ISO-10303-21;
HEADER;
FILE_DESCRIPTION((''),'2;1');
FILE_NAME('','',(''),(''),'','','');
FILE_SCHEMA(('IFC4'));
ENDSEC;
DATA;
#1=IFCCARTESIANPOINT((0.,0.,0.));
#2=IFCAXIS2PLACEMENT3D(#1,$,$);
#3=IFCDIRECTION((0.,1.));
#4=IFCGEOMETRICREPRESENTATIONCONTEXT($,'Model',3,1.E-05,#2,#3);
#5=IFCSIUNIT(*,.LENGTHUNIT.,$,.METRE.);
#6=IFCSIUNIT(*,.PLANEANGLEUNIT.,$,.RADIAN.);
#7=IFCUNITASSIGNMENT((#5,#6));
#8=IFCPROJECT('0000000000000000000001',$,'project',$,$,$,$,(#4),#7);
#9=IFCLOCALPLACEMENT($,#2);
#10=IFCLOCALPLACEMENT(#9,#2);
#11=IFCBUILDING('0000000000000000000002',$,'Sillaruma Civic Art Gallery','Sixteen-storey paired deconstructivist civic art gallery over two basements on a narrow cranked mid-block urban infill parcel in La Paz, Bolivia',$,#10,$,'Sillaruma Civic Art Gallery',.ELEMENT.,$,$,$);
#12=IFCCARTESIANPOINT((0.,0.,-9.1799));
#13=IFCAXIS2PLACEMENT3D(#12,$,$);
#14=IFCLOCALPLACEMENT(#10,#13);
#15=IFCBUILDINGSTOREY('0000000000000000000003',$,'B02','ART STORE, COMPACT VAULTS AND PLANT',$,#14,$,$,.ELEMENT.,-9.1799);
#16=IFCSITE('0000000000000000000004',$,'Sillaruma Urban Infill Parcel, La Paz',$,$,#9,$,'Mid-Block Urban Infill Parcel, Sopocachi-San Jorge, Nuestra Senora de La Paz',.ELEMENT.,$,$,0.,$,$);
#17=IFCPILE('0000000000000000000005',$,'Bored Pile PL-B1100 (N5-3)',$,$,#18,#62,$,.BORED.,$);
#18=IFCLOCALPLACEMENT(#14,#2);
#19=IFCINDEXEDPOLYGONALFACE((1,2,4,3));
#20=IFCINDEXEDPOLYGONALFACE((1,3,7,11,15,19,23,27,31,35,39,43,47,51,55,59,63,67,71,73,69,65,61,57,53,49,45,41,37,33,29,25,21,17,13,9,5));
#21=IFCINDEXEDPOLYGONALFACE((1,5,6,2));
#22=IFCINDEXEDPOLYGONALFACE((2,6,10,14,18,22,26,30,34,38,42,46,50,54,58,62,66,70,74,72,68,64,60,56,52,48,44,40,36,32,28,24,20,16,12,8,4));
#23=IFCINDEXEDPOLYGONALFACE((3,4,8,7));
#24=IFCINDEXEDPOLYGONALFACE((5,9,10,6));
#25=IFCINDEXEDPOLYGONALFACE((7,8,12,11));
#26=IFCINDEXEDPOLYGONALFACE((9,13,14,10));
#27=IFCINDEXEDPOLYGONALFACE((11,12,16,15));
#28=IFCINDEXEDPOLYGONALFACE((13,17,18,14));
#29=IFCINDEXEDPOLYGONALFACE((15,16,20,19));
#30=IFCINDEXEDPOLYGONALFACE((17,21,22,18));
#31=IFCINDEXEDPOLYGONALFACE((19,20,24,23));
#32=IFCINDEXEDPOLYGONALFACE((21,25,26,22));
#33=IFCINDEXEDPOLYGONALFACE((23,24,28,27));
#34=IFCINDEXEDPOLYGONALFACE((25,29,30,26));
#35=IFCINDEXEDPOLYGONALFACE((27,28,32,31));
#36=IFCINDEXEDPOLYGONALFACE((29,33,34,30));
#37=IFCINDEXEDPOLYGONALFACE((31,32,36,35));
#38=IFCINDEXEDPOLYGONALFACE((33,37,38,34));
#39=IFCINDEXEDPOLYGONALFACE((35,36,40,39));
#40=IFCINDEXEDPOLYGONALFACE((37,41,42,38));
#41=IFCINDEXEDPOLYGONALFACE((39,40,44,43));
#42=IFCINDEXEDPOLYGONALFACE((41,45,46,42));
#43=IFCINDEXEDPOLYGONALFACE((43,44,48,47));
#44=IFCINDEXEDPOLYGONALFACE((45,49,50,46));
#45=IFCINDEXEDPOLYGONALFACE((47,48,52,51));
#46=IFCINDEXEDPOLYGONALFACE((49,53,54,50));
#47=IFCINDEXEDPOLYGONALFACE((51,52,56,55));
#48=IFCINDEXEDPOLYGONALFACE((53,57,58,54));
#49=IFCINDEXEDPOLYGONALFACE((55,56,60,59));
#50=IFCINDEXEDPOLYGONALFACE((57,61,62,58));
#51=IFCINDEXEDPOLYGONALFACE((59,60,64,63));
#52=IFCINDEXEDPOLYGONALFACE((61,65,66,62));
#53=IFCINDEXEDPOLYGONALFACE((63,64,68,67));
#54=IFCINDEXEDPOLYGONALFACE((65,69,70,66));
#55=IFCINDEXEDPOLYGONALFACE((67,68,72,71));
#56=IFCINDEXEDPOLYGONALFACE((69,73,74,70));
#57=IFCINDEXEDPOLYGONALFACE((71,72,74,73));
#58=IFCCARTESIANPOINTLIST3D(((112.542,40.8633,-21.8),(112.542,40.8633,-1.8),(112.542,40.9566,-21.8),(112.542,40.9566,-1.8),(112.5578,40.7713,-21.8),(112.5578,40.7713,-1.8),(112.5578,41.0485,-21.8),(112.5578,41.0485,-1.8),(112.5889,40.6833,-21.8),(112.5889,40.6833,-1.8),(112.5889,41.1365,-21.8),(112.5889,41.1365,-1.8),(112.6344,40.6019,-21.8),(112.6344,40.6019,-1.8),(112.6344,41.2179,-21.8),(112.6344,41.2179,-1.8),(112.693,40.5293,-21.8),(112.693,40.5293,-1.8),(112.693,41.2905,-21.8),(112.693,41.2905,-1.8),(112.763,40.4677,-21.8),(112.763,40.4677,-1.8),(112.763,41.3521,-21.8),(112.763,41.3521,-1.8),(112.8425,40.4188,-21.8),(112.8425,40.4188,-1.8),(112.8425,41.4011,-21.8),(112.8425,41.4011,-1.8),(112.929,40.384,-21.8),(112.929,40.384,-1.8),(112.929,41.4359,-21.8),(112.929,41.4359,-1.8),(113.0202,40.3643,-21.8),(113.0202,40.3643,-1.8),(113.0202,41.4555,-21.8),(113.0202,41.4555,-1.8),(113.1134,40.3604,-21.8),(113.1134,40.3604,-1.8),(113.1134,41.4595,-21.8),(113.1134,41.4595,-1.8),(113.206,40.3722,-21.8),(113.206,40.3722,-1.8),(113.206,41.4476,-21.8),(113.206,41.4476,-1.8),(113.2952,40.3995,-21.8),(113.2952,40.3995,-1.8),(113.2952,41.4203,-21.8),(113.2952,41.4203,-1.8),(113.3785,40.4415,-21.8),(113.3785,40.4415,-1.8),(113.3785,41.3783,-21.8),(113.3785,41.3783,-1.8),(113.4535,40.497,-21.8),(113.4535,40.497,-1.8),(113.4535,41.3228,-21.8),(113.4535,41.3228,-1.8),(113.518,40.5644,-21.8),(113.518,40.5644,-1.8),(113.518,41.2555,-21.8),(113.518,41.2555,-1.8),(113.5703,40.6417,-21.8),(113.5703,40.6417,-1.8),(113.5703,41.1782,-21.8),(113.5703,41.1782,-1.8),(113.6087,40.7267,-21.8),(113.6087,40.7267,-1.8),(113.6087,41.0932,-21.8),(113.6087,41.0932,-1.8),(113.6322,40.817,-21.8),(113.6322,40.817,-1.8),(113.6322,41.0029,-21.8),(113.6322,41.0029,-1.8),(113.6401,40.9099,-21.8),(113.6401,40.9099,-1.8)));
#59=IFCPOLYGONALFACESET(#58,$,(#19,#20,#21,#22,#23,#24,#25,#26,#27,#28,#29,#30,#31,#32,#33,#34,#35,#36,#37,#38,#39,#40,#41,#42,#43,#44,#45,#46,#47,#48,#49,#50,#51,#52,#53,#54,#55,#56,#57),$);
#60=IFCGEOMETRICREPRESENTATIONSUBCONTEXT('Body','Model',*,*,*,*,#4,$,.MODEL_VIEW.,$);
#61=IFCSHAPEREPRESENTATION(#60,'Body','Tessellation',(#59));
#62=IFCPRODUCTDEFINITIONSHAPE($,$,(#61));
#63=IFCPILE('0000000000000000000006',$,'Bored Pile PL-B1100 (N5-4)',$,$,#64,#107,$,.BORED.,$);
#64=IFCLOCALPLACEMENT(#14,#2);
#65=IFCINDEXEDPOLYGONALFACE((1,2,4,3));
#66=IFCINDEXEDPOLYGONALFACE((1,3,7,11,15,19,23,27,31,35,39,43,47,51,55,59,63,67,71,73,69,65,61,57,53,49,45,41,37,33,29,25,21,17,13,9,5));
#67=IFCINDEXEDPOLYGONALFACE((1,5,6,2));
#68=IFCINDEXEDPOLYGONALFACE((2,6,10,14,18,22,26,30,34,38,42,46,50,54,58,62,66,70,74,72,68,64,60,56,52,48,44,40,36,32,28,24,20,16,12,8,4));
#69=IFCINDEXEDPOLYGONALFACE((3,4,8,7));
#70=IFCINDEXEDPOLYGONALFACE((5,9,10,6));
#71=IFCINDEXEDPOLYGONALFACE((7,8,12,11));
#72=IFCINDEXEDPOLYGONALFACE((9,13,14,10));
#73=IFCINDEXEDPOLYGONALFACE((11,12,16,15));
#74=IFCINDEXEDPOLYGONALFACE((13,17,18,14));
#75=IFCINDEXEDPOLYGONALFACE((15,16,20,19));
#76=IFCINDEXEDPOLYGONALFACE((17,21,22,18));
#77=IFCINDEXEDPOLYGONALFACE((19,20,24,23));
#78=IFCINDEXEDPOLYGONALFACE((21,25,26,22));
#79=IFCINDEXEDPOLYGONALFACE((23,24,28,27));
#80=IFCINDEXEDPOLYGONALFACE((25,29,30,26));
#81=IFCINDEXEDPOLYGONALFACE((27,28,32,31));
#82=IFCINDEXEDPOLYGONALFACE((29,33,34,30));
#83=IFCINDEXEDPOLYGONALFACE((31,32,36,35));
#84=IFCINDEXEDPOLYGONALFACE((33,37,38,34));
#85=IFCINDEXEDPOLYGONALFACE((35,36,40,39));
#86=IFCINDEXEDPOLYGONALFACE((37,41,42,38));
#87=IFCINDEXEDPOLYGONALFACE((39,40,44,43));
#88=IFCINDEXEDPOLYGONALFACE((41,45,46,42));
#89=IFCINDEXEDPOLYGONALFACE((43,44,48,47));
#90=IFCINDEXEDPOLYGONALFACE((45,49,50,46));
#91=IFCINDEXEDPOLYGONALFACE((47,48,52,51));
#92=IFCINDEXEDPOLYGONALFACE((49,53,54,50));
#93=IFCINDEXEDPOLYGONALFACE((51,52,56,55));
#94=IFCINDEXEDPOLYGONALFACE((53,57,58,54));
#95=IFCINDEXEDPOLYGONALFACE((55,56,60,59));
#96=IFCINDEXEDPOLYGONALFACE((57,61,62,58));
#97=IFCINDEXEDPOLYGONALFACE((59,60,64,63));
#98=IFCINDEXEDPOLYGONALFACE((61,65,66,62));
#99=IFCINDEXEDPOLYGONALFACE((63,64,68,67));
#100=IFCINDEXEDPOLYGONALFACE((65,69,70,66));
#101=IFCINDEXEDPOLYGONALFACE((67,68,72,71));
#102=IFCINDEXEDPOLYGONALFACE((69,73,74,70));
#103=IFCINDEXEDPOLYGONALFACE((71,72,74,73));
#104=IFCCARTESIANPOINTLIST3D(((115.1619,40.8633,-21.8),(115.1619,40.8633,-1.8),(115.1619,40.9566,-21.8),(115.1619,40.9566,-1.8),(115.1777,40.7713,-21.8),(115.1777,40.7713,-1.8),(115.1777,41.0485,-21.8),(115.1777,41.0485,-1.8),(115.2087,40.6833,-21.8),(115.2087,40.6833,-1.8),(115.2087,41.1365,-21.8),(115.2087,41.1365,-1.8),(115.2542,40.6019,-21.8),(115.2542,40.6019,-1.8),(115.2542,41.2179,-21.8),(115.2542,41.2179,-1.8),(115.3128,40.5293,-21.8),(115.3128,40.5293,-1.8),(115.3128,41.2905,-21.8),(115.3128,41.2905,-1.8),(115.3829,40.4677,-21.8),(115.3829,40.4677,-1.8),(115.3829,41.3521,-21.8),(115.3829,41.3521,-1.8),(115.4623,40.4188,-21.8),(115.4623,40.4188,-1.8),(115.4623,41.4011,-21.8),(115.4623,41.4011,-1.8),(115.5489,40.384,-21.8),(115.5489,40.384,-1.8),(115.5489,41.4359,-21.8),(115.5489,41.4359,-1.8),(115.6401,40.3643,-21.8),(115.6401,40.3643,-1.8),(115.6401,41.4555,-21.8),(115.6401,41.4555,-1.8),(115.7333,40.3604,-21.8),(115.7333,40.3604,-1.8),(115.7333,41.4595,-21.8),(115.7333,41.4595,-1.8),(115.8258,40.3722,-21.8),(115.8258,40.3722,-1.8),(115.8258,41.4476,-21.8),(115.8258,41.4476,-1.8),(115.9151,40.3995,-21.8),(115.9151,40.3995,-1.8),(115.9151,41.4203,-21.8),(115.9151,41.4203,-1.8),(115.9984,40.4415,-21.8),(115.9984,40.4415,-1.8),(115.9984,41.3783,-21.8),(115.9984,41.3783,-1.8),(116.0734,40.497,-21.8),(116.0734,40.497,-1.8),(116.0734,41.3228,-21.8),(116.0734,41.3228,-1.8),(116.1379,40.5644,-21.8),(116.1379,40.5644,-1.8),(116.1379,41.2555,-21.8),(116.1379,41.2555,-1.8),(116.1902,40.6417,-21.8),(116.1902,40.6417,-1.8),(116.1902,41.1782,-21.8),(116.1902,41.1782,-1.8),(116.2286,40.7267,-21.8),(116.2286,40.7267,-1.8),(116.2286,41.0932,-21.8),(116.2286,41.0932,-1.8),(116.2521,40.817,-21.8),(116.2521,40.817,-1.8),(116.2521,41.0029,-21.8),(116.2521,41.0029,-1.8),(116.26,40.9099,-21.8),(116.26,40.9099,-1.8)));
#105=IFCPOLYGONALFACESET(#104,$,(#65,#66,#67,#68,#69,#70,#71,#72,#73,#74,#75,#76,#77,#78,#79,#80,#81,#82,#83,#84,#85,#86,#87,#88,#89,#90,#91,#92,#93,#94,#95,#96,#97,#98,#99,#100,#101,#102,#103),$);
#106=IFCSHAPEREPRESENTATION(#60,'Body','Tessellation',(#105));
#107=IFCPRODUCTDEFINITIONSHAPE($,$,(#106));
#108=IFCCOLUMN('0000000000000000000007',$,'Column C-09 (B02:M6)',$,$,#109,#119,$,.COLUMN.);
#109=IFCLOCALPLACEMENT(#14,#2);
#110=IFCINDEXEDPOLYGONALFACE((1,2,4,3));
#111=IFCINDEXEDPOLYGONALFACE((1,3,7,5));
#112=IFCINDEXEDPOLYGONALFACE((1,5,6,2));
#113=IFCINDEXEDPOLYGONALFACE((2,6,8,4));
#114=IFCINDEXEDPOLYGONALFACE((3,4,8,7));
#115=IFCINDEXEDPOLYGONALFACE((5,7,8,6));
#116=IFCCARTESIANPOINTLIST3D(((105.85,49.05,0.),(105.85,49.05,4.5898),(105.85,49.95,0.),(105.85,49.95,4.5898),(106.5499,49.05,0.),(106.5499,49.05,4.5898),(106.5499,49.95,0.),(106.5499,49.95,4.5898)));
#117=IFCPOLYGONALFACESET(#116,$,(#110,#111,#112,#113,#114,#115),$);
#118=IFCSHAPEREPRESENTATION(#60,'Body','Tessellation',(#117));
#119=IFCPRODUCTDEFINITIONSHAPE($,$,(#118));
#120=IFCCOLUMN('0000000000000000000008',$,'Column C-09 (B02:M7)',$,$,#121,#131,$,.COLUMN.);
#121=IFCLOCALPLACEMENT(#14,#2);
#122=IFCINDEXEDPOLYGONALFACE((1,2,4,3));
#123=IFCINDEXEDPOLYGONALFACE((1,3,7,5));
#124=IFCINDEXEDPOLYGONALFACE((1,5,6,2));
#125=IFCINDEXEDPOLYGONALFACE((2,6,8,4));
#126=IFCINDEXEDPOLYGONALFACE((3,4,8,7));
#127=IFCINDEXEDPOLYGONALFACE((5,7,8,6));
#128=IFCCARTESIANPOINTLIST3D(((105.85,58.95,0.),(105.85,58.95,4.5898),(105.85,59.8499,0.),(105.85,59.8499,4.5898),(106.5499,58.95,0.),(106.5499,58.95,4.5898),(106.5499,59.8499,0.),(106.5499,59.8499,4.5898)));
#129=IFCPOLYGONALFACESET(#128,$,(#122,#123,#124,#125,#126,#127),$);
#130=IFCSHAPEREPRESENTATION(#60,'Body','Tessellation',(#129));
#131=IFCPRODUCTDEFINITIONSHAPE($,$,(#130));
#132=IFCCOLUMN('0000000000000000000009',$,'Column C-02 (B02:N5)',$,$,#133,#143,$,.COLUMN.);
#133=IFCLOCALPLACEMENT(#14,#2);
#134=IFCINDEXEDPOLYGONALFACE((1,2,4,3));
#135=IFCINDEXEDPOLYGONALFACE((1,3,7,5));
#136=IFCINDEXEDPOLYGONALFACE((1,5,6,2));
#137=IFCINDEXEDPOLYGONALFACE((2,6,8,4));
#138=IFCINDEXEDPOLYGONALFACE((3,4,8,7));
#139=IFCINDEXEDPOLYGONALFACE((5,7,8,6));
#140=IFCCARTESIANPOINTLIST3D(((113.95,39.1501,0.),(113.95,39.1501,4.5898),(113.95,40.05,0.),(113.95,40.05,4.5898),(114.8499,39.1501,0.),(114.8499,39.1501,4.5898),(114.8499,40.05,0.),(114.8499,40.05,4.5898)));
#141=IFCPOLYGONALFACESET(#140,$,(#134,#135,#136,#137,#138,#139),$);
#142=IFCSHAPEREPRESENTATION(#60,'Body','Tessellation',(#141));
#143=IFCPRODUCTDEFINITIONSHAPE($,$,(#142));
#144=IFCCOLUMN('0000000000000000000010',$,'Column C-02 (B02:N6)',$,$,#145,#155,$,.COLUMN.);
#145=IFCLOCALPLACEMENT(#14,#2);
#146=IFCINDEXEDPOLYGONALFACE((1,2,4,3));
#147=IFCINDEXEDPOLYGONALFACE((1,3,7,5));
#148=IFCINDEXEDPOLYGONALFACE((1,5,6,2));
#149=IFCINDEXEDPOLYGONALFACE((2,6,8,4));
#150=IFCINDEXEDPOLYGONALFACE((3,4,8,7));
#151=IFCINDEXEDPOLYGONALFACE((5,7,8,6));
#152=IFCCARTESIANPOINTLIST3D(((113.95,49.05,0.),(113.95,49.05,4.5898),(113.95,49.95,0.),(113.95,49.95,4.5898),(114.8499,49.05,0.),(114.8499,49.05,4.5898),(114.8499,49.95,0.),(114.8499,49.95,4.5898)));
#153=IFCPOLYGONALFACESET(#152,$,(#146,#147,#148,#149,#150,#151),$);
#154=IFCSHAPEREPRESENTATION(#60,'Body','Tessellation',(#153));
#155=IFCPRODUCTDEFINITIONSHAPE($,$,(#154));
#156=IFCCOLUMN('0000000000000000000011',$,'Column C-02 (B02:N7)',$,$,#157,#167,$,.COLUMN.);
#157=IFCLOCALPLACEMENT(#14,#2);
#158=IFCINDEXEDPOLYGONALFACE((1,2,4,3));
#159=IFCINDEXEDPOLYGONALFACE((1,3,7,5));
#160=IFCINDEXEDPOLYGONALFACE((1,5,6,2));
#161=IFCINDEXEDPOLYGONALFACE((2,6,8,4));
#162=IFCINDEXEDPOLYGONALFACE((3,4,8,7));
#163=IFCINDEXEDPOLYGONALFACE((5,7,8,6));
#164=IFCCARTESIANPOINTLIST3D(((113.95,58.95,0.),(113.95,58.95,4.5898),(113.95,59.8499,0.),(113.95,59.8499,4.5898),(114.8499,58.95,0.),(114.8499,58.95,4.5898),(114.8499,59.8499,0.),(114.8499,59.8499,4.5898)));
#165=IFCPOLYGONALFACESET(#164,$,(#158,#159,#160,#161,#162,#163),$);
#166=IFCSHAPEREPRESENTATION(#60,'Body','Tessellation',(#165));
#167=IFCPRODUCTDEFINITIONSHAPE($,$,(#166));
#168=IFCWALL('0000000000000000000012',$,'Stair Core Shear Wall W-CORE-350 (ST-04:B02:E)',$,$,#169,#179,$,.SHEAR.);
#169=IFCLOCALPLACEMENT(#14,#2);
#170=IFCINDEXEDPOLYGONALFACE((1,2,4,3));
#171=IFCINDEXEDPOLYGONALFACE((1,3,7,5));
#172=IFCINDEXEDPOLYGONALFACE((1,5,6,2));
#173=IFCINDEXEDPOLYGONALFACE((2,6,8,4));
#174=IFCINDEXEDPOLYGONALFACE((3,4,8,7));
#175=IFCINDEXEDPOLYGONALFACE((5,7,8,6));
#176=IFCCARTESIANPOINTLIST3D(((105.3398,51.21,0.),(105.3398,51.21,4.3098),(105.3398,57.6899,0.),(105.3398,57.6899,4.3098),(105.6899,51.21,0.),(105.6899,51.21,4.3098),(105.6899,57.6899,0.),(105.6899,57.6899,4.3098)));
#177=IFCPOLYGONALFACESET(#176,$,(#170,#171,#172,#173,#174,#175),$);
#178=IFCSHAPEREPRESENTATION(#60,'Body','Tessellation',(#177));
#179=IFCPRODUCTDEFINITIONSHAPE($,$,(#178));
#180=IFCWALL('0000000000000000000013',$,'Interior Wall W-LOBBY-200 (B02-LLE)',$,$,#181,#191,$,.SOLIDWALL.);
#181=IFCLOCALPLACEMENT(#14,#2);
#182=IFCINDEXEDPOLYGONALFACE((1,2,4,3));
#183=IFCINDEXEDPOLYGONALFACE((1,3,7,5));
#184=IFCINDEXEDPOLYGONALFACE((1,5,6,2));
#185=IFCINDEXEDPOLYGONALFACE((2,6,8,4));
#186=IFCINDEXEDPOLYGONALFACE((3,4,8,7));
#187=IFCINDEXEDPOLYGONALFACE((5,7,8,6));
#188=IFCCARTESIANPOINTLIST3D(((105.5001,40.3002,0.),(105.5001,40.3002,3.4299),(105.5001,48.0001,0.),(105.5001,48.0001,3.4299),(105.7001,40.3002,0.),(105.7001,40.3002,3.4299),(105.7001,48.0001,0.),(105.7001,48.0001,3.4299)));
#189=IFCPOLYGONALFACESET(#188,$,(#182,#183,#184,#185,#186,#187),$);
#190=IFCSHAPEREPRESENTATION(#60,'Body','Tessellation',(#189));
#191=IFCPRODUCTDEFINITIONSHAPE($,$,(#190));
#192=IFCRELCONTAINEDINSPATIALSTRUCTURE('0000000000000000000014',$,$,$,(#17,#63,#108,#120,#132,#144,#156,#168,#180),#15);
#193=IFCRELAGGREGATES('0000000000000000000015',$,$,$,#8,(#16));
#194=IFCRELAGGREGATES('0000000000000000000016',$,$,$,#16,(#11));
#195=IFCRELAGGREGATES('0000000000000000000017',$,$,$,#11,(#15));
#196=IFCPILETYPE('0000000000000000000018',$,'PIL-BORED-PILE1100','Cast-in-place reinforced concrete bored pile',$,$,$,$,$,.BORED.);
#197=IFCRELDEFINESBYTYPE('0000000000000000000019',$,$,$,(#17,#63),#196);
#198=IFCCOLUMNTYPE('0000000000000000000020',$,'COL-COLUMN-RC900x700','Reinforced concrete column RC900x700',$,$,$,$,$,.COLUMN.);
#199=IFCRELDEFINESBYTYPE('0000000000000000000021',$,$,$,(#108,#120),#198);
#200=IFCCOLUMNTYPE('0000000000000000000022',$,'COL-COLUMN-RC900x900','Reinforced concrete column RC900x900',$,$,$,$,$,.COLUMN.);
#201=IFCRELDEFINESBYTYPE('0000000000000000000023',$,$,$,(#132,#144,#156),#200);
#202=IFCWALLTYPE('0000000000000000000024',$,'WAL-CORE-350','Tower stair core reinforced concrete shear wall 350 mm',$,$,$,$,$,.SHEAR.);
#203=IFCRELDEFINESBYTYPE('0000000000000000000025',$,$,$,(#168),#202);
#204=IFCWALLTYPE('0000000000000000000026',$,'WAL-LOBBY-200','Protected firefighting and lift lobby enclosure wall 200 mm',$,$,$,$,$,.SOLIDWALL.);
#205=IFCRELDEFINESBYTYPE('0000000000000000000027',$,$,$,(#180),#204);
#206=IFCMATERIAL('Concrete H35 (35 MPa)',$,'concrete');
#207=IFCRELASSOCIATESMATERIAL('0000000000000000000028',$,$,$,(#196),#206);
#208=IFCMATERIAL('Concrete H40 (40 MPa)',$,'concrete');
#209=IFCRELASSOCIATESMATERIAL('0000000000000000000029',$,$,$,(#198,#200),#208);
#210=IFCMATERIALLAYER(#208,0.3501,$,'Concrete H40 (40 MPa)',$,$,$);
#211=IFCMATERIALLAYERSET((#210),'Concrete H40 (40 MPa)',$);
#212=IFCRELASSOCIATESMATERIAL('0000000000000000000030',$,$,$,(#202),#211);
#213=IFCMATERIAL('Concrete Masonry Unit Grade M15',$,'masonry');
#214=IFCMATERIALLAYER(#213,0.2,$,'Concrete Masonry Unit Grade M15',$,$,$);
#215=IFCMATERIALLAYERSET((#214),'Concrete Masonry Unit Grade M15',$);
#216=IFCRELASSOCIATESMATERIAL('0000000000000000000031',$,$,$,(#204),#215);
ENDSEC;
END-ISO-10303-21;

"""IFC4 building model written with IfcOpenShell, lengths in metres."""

from ifc_helpers import new_model, si_unit, direction, frame, frame_2d, origin, origin_2d, place, context, subcontext, project, spatial, rectangle, circle, extrude, material, layer, layer_set, material_profile, profile_set, type_object, element, save


model = new_model("IFC4")

# Units and contexts
model_context = context("Model", 3, precision=1e-05, world=origin(), true_north=direction((0.0, 1.0)))
body_context = subcontext(model_context, "Body", "Model", "MODEL_VIEW")
ifc_project = project(units=[si_unit("LENGTHUNIT", "METRE"), si_unit("PLANEANGLEUNIT", "RADIAN")], contexts=[model_context])

# Site, building, storey
site_placement = place(None, origin())
site = spatial("IfcSite", under=ifc_project, at=site_placement, Name="Sillaruma Urban Infill Parcel, La Paz", LongName="Mid-Block Urban Infill Parcel, Sopocachi-San Jorge, Nuestra Senora de La Paz", CompositionType="ELEMENT", RefElevation=0.0)
building_placement = place(site_placement, origin())
building = spatial("IfcBuilding", under=site, at=building_placement, Name="Sillaruma Civic Art Gallery", Description="Sixteen-storey paired deconstructivist civic art gallery over two basements on a narrow cranked mid-block urban infill parcel in La Paz, Bolivia", LongName="Sillaruma Civic Art Gallery", CompositionType="ELEMENT")
storey_placement = place(building_placement, frame((0.0, 0.0, -9.1799)))
storey = spatial("IfcBuildingStorey", under=building, at=storey_placement, Name="B02", Description="ART STORE, COMPACT VAULTS AND PLANT", CompositionType="ELEMENT", Elevation=-9.1799)

# Shared definitions
ifc_material_1 = material(Name="Concrete H35 (35 MPa)", Category="concrete")

# Piles
ifc_material_profile_1 = material_profile(ifc_material_1, circle(Radius=0.55, at=origin_2d()), Name="PILE1100")
ifc_profile_set_1 = profile_set([ifc_material_profile_1], Name="Concrete H35 (35 MPa)")
pile_type_1 = type_object("IfcPileType", Name="PIL-BORED-PILE1100", Description="Cast-in-place reinforced concrete bored pile", PredefinedType="BORED", material=ifc_profile_set_1)
for number, where, z_axis, x_axis, name in (
    (1, (113.0901, 40.9099, -1.8), (0.0, 0.0, -1.0), (1.0, 0.0, 0.0), "Bored Pile PL-B1100 (N5-3)"),
    (2, (115.71, 40.9099, -1.8), (0.0, 0.0, -1.0), (1.0, 0.0, 0.0), "Bored Pile PL-B1100 (N5-4)"),
):
    element("IfcPile", number, at=place(storey_placement, frame(where, z_axis=z_axis, x_axis=x_axis)), inside=storey, type_object=pile_type_1, Name=name, PredefinedType="BORED", context=body_context, shape_type="SweptSolid", body=[
        extrude(circle(Radius=0.55, at=origin_2d()), origin(), (0.0, 0.0, 1.0), 20.0),
    ])

# Columns
ifc_material_2 = material(Name="Concrete H40 (40 MPa)", Category="concrete")
ifc_material_profile_2 = material_profile(ifc_material_2, rectangle(XDim=0.7, YDim=0.8999, at=origin_2d()), Name="RC900x700")
ifc_profile_set_2 = profile_set([ifc_material_profile_2], Name="Concrete H40 (40 MPa)")
column_type_1 = type_object("IfcColumnType", Name="COL-COLUMN-RC900x700", Description="Reinforced concrete column RC900x700", PredefinedType="COLUMN", material=ifc_profile_set_2)
for number, where, z_axis, x_axis, name in (
    (3, (106.2, 49.5, 0.0), (0.0, 0.0, 1.0), (1.0, 0.0, 0.0), "Column C-09 (B02:M6)"),
    (4, (106.2, 59.3999, 0.0), (0.0, 0.0, 1.0), (1.0, 0.0, 0.0), "Column C-09 (B02:M7)"),
):
    element("IfcColumn", number, at=place(storey_placement, frame(where, z_axis=z_axis, x_axis=x_axis)), inside=storey, type_object=column_type_1, Name=name, PredefinedType="COLUMN", context=body_context, shape_type="SweptSolid", body=[
        extrude(rectangle(XDim=0.7, YDim=0.8999, at=origin_2d()), origin(), (0.0, 0.0, 1.0), 4.5898),
    ])
ifc_material_profile_3 = material_profile(ifc_material_2, rectangle(XDim=0.8999, YDim=0.8999, at=origin_2d()), Name="RC900x900")
ifc_profile_set_3 = profile_set([ifc_material_profile_3], Name="Concrete H40 (40 MPa)")
column_type_2 = type_object("IfcColumnType", Name="COL-COLUMN-RC900x900", Description="Reinforced concrete column RC900x900", PredefinedType="COLUMN", material=ifc_profile_set_3)
for number, where, z_axis, x_axis, name in (
    (5, (114.3999, 39.6001, 0.0), (0.0, 0.0, 1.0), (1.0, 0.0, 0.0), "Column C-02 (B02:N5)"),
    (6, (114.3999, 49.5, 0.0), (0.0, 0.0, 1.0), (1.0, 0.0, 0.0), "Column C-02 (B02:N6)"),
    (7, (114.3999, 59.3999, 0.0), (0.0, 0.0, 1.0), (1.0, 0.0, 0.0), "Column C-02 (B02:N7)"),
):
    element("IfcColumn", number, at=place(storey_placement, frame(where, z_axis=z_axis, x_axis=x_axis)), inside=storey, type_object=column_type_2, Name=name, PredefinedType="COLUMN", context=body_context, shape_type="SweptSolid", body=[
        extrude(rectangle(XDim=0.8999, YDim=0.8999, at=origin_2d()), origin(), (0.0, 0.0, 1.0), 4.5898),
    ])

# Walls
ifc_layer_1 = layer(ifc_material_2, 0.3501, Name="Concrete H40 (40 MPa)")
ifc_layer_set_1 = layer_set([ifc_layer_1], Name="Concrete H40 (40 MPa)")
wall_type_1 = type_object("IfcWallType", Name="WAL-CORE-350", Description="Tower stair core reinforced concrete shear wall 350 mm", PredefinedType="SHEAR", material=ifc_layer_set_1)
wall_1_placement = place(storey_placement, frame((105.5149, 51.21, 0.0), z_axis=(0.0, 0.0, 1.0), x_axis=(0.0, 1.0, 0.0)))
element("IfcWall", 8, at=wall_1_placement, inside=storey, type_object=wall_type_1, Name="Stair Core Shear Wall W-CORE-350 (ST-04:B02:E)", PredefinedType="SHEAR", context=body_context, shape_type="SweptSolid", body=[
    extrude(rectangle(XDim=6.48, YDim=0.3501, at=frame_2d((3.24, 0.0))), origin(), (0.0, 0.0, 1.0), 4.3098),
])
ifc_material_3 = material(Name="Concrete Masonry Unit Grade M15", Category="masonry")
ifc_layer_2 = layer(ifc_material_3, 0.2, Name="Concrete Masonry Unit Grade M15")
ifc_layer_set_2 = layer_set([ifc_layer_2], Name="Concrete Masonry Unit Grade M15")
wall_type_2 = type_object("IfcWallType", Name="WAL-LOBBY-200", Description="Protected firefighting and lift lobby enclosure wall 200 mm", PredefinedType="SOLIDWALL", material=ifc_layer_set_2)
wall_2_placement = place(storey_placement, frame((105.6001, 40.3, 0.0), z_axis=(0.0, 0.0, 1.0), x_axis=(0.0, 1.0, 0.0)))
element("IfcWall", 9, at=wall_2_placement, inside=storey, type_object=wall_type_2, Name="Interior Wall W-LOBBY-200 (B02-LLE)", PredefinedType="SOLIDWALL", context=body_context, shape_type="SweptSolid", body=[
    extrude(rectangle(XDim=7.7, YDim=0.2, at=frame_2d((3.8501, 0.0))), origin(), (0.0, 0.0, 1.0), 3.4299),
])

save(model, "model.ifc")
